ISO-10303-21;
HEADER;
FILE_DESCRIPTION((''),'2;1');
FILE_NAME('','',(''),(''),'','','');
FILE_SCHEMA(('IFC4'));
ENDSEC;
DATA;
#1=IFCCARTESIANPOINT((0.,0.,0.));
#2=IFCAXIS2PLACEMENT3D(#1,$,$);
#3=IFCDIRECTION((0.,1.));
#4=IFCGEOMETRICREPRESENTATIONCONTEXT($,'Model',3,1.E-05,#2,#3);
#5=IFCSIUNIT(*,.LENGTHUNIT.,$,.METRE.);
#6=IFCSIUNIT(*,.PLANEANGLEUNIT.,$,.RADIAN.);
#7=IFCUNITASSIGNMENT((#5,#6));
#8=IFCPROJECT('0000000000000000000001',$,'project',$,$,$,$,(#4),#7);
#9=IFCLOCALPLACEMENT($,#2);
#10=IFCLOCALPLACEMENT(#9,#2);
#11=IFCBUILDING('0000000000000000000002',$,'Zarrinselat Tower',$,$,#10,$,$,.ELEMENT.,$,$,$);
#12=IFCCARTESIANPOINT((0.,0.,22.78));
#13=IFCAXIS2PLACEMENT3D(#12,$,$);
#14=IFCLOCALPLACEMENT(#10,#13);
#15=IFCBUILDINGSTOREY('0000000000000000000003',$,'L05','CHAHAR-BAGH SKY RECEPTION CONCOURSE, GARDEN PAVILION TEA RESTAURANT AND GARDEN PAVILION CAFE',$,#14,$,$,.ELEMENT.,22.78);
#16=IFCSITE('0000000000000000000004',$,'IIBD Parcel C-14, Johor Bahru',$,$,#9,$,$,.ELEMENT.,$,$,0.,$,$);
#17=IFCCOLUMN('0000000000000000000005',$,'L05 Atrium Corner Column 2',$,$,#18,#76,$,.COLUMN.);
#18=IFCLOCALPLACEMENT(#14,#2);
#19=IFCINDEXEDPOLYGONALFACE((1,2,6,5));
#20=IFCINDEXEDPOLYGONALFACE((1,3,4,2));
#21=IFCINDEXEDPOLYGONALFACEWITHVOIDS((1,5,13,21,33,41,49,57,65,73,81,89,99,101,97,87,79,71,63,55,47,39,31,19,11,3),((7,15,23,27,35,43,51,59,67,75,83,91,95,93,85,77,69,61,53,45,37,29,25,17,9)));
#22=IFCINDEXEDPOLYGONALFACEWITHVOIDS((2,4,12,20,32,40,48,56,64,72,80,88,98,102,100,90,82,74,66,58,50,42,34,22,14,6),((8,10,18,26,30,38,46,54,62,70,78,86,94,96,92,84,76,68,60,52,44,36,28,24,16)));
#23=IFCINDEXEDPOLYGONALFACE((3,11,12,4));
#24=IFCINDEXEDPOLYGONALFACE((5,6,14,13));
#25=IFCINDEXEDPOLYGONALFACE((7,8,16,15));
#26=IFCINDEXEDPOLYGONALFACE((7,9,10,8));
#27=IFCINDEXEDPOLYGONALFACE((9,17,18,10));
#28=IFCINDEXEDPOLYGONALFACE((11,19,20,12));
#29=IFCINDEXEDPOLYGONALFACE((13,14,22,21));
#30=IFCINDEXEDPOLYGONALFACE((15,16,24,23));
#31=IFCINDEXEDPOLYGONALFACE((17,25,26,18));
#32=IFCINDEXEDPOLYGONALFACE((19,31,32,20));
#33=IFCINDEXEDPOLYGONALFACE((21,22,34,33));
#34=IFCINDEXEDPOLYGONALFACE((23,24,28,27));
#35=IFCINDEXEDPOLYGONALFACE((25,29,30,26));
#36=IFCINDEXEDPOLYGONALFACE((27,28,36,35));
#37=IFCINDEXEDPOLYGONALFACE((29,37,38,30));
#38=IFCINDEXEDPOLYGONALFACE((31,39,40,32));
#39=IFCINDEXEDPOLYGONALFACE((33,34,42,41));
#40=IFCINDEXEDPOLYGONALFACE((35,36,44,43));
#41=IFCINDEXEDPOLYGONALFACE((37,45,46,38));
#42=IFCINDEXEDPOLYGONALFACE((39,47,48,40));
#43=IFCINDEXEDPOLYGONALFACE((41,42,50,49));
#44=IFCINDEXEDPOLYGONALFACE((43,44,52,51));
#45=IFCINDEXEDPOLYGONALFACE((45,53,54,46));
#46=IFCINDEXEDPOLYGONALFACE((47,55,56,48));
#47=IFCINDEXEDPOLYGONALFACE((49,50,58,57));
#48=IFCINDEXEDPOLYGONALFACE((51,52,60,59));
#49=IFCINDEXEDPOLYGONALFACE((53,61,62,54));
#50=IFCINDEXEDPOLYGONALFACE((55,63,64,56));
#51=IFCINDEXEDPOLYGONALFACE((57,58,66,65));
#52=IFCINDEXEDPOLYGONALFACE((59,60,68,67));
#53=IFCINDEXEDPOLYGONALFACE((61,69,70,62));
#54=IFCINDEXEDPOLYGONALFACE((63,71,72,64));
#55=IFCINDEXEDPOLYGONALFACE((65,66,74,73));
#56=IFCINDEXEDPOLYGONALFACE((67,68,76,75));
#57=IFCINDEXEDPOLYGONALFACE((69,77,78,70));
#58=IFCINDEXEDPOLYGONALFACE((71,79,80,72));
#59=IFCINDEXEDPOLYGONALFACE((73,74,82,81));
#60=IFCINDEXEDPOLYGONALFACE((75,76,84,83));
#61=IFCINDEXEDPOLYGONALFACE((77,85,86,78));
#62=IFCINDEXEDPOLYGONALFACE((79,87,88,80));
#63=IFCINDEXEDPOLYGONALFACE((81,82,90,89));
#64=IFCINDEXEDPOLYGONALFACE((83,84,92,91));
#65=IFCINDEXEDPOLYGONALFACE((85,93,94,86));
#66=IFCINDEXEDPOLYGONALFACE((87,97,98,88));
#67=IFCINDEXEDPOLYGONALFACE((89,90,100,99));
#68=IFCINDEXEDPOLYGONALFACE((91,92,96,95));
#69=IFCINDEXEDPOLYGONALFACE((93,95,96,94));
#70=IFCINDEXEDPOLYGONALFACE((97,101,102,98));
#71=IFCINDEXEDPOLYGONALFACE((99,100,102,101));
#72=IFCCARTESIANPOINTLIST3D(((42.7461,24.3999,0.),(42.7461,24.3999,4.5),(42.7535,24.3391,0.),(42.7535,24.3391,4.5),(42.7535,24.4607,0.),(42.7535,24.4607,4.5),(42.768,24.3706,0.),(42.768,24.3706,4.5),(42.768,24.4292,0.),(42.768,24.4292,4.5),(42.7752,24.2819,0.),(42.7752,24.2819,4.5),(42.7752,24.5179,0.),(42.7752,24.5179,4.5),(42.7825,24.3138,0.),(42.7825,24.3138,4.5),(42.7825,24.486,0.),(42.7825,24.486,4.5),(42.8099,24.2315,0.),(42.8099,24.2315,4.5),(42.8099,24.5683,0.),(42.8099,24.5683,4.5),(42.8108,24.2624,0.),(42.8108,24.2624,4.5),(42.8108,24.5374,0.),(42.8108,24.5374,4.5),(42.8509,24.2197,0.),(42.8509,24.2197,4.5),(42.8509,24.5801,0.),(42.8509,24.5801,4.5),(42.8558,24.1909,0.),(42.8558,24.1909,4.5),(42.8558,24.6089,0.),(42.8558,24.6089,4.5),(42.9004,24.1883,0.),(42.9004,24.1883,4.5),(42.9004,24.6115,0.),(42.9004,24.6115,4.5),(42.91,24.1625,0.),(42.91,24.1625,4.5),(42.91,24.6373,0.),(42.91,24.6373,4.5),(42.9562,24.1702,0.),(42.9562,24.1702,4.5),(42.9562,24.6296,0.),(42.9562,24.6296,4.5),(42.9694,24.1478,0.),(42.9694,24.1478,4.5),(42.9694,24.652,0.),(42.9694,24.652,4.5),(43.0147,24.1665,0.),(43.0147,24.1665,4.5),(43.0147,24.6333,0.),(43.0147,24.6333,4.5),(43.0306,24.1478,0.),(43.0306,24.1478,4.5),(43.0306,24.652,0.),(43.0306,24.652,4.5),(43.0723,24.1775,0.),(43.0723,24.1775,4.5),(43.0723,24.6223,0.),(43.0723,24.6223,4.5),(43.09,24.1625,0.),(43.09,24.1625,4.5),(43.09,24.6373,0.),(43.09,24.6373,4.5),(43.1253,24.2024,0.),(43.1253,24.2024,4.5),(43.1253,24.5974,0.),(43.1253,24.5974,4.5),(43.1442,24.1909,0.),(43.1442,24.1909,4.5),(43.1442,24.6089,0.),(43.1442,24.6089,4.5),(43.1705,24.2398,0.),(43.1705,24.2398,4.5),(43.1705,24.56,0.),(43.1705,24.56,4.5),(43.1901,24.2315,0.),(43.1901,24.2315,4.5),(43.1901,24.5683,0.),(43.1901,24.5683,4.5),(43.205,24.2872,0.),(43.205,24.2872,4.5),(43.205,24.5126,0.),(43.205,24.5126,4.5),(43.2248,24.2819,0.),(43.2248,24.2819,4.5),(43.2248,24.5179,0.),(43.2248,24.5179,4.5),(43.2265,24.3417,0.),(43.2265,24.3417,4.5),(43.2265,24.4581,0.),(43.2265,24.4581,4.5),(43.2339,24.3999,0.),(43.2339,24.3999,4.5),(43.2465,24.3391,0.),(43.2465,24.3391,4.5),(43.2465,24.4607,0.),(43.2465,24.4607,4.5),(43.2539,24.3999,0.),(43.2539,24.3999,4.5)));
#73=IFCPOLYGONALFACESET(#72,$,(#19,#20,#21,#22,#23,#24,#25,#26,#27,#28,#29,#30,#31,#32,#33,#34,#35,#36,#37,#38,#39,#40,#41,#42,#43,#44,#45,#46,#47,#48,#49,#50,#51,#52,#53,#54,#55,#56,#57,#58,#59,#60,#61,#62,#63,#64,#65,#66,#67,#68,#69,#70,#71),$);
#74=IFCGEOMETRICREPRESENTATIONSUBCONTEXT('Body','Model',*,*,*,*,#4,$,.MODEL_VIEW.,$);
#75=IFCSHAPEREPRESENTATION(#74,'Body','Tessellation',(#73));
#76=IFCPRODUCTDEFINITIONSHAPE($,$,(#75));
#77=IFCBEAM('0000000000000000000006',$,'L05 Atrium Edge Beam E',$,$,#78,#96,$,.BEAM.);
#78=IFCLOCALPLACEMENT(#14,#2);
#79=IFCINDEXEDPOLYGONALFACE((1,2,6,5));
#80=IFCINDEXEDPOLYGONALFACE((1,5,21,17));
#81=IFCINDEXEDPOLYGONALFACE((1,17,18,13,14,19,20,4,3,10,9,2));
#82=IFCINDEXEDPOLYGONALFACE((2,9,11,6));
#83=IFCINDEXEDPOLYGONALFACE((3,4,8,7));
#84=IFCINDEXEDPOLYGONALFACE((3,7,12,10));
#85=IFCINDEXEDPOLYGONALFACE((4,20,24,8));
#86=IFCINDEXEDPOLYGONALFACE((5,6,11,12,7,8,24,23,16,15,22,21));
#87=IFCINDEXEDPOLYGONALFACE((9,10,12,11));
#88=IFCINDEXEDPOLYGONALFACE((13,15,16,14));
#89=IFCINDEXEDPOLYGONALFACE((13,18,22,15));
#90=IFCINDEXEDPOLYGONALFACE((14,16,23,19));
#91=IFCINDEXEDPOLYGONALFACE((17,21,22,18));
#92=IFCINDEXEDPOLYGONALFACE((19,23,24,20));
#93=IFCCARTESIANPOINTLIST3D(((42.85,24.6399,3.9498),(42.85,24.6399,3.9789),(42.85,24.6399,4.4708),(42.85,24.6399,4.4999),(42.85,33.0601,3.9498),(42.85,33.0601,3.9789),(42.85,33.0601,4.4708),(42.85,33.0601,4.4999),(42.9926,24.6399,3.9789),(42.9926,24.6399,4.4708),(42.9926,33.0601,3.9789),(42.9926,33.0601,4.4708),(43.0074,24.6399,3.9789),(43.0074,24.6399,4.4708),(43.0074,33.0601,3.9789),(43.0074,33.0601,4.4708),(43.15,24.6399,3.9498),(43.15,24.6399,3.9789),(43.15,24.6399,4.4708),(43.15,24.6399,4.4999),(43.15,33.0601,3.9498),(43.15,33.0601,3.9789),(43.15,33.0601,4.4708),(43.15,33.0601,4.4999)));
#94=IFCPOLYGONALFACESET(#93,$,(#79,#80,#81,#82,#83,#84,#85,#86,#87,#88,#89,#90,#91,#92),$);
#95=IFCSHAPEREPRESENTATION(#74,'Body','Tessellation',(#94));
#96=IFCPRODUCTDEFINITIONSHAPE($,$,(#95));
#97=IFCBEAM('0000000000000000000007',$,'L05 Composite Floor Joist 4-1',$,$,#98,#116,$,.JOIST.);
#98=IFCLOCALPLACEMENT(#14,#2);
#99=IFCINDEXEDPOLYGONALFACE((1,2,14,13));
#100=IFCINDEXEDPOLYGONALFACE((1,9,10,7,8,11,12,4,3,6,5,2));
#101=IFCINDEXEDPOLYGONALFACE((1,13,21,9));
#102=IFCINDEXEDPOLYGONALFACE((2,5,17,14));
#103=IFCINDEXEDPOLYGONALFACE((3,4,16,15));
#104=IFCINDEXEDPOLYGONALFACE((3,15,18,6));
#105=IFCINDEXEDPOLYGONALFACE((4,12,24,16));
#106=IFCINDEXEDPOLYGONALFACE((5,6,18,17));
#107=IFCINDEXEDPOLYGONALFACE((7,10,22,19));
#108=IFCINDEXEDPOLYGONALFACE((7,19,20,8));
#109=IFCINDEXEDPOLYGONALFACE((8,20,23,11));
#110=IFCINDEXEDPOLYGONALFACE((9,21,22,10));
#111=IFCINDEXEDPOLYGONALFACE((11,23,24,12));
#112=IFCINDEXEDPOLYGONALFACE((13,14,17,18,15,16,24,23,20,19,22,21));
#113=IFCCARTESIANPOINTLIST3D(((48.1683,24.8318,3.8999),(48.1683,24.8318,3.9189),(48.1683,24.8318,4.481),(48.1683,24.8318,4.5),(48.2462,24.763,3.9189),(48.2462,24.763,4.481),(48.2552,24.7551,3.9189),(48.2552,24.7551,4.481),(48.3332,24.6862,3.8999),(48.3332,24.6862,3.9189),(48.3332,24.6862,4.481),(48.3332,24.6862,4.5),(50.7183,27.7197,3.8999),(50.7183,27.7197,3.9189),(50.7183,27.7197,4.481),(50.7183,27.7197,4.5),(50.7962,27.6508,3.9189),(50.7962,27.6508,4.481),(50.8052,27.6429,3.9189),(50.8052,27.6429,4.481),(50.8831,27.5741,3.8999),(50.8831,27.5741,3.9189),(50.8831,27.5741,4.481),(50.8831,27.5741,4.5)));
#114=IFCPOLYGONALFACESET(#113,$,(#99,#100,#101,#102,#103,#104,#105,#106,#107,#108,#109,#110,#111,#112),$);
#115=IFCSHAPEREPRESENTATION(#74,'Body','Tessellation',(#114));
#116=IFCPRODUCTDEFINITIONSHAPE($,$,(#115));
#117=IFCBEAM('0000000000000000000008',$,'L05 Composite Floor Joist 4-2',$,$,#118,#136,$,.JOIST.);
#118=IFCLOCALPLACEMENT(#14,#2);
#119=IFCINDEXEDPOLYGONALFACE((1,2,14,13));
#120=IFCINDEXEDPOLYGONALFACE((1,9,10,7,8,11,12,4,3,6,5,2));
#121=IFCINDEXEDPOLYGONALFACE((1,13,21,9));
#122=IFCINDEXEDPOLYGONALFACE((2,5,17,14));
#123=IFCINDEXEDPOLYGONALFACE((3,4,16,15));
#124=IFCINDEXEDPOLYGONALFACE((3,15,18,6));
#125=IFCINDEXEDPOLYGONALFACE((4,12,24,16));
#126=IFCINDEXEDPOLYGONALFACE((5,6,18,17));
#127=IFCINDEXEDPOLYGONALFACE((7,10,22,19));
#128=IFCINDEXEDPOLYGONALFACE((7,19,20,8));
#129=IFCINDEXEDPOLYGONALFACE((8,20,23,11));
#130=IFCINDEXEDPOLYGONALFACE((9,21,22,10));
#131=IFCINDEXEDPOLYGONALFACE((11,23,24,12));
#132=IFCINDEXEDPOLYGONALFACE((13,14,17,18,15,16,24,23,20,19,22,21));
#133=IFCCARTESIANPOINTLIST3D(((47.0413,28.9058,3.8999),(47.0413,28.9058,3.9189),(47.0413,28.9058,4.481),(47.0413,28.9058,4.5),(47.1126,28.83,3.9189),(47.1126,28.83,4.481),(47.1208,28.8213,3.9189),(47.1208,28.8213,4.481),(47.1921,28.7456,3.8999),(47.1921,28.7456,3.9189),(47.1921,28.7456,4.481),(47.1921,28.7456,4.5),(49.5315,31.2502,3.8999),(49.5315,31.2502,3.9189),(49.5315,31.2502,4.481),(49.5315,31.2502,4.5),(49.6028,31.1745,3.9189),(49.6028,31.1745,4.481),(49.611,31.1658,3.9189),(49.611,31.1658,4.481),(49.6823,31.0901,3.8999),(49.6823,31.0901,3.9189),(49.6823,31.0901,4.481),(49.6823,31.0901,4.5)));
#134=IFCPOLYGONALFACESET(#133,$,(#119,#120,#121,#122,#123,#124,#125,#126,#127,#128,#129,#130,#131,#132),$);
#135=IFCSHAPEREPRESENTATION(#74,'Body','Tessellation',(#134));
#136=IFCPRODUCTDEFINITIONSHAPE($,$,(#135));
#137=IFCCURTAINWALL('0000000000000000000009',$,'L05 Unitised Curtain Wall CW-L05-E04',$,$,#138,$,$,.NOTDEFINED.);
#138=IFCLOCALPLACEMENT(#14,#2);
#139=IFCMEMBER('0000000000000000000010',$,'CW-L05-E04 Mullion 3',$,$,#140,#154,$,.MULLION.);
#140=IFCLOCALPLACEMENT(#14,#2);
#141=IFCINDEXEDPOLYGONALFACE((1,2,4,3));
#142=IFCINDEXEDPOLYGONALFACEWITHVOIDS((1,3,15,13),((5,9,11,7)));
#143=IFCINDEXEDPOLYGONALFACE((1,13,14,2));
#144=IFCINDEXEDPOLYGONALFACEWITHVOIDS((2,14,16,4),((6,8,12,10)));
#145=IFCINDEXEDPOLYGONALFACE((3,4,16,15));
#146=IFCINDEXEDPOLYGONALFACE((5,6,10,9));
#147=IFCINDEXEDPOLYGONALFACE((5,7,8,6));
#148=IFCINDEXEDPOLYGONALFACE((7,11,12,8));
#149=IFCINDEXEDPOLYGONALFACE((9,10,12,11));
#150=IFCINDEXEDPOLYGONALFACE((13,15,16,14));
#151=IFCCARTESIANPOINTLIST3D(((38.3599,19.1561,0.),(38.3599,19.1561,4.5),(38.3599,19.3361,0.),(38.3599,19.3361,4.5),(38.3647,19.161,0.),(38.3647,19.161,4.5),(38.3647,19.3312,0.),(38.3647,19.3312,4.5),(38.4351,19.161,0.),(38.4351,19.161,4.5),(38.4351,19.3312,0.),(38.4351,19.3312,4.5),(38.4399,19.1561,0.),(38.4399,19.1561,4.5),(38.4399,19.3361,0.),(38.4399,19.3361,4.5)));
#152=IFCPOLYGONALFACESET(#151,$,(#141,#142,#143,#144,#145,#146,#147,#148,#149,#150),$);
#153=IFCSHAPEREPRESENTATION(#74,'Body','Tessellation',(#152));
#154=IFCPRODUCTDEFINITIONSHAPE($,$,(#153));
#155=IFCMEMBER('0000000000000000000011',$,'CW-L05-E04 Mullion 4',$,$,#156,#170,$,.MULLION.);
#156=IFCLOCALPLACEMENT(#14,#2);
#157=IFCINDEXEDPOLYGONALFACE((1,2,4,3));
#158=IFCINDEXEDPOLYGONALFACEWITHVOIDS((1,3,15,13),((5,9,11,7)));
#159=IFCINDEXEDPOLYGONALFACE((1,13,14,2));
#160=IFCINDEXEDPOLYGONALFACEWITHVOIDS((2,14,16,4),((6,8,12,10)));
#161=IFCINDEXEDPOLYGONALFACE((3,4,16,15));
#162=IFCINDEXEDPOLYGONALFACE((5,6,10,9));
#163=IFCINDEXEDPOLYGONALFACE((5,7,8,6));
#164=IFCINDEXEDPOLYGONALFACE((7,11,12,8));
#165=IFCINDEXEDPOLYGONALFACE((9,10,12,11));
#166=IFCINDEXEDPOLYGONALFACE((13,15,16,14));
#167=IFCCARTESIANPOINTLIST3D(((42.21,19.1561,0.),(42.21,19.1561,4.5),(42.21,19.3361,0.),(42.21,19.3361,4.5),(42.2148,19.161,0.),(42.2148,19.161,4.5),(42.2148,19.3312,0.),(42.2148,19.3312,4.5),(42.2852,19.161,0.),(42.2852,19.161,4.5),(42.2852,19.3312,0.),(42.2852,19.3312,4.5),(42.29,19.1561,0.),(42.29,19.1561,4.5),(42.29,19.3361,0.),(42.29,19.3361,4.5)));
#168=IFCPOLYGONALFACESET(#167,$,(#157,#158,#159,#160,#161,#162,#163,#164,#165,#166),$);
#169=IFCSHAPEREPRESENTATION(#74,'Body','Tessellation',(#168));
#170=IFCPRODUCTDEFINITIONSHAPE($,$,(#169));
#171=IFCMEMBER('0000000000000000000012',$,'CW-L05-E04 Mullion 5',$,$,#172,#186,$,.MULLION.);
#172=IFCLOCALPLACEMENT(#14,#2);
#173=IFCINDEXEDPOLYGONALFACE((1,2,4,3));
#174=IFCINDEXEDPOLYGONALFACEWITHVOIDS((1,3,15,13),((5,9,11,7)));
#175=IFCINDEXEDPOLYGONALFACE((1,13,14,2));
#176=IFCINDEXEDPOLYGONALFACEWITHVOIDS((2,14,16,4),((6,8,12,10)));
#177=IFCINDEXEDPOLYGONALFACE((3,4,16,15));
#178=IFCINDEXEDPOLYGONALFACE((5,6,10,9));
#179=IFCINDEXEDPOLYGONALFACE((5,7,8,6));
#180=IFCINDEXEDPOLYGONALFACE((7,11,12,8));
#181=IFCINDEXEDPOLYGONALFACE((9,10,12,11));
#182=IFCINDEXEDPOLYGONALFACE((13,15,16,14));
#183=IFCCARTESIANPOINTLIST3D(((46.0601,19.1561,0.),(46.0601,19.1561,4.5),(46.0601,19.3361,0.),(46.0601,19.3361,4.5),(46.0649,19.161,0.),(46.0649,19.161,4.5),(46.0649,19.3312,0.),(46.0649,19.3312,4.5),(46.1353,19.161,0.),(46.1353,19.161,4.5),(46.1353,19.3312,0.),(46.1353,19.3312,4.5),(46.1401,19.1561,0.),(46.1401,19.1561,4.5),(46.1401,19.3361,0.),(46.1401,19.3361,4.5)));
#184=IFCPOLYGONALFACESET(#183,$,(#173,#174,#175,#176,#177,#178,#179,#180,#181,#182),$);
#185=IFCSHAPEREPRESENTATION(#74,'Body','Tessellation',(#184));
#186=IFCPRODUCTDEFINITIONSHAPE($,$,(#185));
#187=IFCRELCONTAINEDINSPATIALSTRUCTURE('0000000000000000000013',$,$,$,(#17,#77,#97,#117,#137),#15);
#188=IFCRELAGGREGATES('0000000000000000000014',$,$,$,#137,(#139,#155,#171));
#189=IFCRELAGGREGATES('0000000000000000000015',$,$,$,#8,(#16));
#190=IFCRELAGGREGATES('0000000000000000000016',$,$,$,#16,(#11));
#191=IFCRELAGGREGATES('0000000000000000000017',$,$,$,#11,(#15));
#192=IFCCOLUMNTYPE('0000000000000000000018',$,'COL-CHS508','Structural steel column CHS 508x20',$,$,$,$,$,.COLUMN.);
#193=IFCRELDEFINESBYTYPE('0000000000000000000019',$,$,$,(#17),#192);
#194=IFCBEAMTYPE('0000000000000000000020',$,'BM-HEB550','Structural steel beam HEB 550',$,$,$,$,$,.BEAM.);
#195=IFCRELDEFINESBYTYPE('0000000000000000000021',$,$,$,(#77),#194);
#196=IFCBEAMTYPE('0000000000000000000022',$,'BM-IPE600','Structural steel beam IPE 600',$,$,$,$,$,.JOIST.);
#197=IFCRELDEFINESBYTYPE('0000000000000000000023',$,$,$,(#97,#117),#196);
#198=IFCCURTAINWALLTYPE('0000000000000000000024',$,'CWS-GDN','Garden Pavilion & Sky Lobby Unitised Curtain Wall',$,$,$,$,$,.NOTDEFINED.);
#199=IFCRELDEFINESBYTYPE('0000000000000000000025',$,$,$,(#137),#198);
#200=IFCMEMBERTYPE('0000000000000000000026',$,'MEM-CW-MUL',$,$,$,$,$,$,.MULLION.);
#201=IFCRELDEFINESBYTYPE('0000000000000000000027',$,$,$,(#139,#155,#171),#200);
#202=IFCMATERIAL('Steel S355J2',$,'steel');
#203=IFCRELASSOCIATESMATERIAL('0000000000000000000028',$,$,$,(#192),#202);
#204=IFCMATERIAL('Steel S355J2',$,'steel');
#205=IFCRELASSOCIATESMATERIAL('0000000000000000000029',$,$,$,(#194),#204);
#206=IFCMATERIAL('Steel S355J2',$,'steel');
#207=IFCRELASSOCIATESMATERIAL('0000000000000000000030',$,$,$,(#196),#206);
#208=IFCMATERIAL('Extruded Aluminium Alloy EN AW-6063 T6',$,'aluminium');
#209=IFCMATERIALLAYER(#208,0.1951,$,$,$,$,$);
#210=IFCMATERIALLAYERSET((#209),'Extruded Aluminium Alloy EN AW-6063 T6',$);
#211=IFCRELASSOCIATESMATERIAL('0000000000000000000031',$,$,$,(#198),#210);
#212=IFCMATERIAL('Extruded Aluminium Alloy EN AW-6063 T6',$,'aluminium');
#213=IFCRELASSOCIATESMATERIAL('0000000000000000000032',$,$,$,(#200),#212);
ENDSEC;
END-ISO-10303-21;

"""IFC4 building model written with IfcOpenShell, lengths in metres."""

from ifc_helpers import new_model, si_unit, direction, frame, origin, origin_2d, place, context, subcontext, project, spatial, hollow_rectangle, hollow_circle, i_section, extrude, material, layer, layer_set, material_profile, profile_set, type_object, element, aggregate, save


model = new_model("IFC4")

# Units and contexts
model_context = context("Model", 3, precision=1e-05, world=origin(), true_north=direction((0.0, 1.0)))
body_context = subcontext(model_context, "Body", "Model", "MODEL_VIEW")
ifc_project = project(units=[si_unit("LENGTHUNIT", "METRE"), si_unit("PLANEANGLEUNIT", "RADIAN")], contexts=[model_context])

# Site, building, storey
site_placement = place(None, origin())
site = spatial("IfcSite", under=ifc_project, at=site_placement, Name="IIBD Parcel C-14, Johor Bahru", CompositionType="ELEMENT", RefElevation=0.0)
building_placement = place(site_placement, origin())
building = spatial("IfcBuilding", under=site, at=building_placement, Name="Zarrinselat Tower", CompositionType="ELEMENT")
storey_placement = place(building_placement, frame((0.0, 0.0, 22.78)))
storey = spatial("IfcBuildingStorey", under=building, at=storey_placement, Name="L05", Description="CHAHAR-BAGH SKY RECEPTION CONCOURSE, GARDEN PAVILION TEA RESTAURANT AND GARDEN PAVILION CAFE", CompositionType="ELEMENT", Elevation=22.78)

# Column
ifc_material_1 = material(Name="Steel S355J2", Category="steel")
ifc_material_profile_1 = material_profile(ifc_material_1, hollow_circle(Radius=0.2539, WallThickness=0.02, at=origin_2d()), Name="CHS 508x20")
ifc_profile_set_1 = profile_set([ifc_material_profile_1], Name="Steel S355J2")
column_type = type_object("IfcColumnType", Name="COL-CHS508", Description="Structural steel column CHS 508x20", PredefinedType="COLUMN", material=ifc_profile_set_1)
column_placement = place(storey_placement, frame((43.0, 24.3999, 0.0), z_axis=(0.0, 0.0, 1.0), x_axis=(1.0, 0.0, 0.0)))
element("IfcColumn", 1, at=column_placement, inside=storey, type_object=column_type, Name="L05 Atrium Corner Column 2", PredefinedType="COLUMN", context=body_context, shape_type="SweptSolid", body=[
    extrude(hollow_circle(Radius=0.2539, WallThickness=0.02, at=origin_2d()), origin(), (0.0, 0.0, 1.0), 4.5),
])

# Beams
ifc_material_2 = material(Name="Steel S355J2", Category="steel")
ifc_material_profile_2 = material_profile(ifc_material_2, i_section(OverallWidth=0.3, OverallDepth=0.55, WebThickness=0.0149, FlangeThickness=0.0291, at=origin_2d()), Name="HEB 550")
ifc_profile_set_2 = profile_set([ifc_material_profile_2], Name="Steel S355J2")
beam_type_1 = type_object("IfcBeamType", Name="BM-HEB550", Description="Structural steel beam HEB 550", PredefinedType="BEAM", material=ifc_profile_set_2)
beam_1_placement = place(storey_placement, frame((43.0, 24.6399, 4.2249), z_axis=(0.0, 1.0, 0.0), x_axis=(-1.0, 0.0, 0.0)))
element("IfcBeam", 2, at=beam_1_placement, inside=storey, type_object=beam_type_1, Name="L05 Atrium Edge Beam E", PredefinedType="BEAM", context=body_context, shape_type="SweptSolid", body=[
    extrude(i_section(OverallWidth=0.3, OverallDepth=0.55, WebThickness=0.0149, FlangeThickness=0.0291, at=origin_2d()), origin(), (0.0, 0.0, 1.0), 8.4202),
])
ifc_material_3 = material(Name="Steel S355J2", Category="steel")
ifc_material_profile_3 = material_profile(ifc_material_3, i_section(OverallWidth=0.22, OverallDepth=0.6001, WebThickness=0.012, FlangeThickness=0.019, at=origin_2d()), Name="IPE 600")
ifc_profile_set_3 = profile_set([ifc_material_profile_3], Name="Steel S355J2")
beam_type_2 = type_object("IfcBeamType", Name="BM-IPE600", Description="Structural steel beam IPE 600", PredefinedType="JOIST", material=ifc_profile_set_3)
beam_2_placement = place(storey_placement, frame((48.2507, 24.759, 4.2), z_axis=(0.661894, 0.749597, 0.0), x_axis=(-0.749597, 0.661894, 0.0)))
element("IfcBeam", 3, at=beam_2_placement, inside=storey, type_object=beam_type_2, Name="L05 Composite Floor Joist 4-1", PredefinedType="JOIST", context=body_context, shape_type="SweptSolid", body=[
    extrude(i_section(OverallWidth=0.22, OverallDepth=0.6001, WebThickness=0.012, FlangeThickness=0.019, at=origin_2d()), origin(), (0.0, 0.0, 1.0), 3.8525),
])
beam_3_placement = place(storey_placement, frame((47.1167, 28.8257, 4.2), z_axis=(0.728093, 0.685478, 0.0), x_axis=(-0.685478, 0.728093, 0.0)))
element("IfcBeam", 4, at=beam_3_placement, inside=storey, type_object=beam_type_2, Name="L05 Composite Floor Joist 4-2", PredefinedType="JOIST", context=body_context, shape_type="SweptSolid", body=[
    extrude(i_section(OverallWidth=0.22, OverallDepth=0.6001, WebThickness=0.012, FlangeThickness=0.019, at=origin_2d()), origin(), (0.0, 0.0, 1.0), 3.4202),
])

# Curtain wall, members
ifc_material_4 = material(Name="Extruded Aluminium Alloy EN AW-6063 T6", Category="aluminium")
ifc_layer_1 = layer(ifc_material_4, 0.1951)
ifc_layer_set_1 = layer_set([ifc_layer_1], Name="Extruded Aluminium Alloy EN AW-6063 T6")
curtain_wall_type = type_object("IfcCurtainWallType", Name="CWS-GDN", Description="Garden Pavilion & Sky Lobby Unitised Curtain Wall", PredefinedType="NOTDEFINED", material=ifc_layer_set_1)
curtain_wall_placement = place(storey_placement, origin())
curtain_wall = element("IfcCurtainWall", 5, at=curtain_wall_placement, inside=storey, type_object=curtain_wall_type, Name="L05 Unitised Curtain Wall CW-L05-E04", PredefinedType="NOTDEFINED")
ifc_material_5 = material(Name="Extruded Aluminium Alloy EN AW-6063 T6", Category="aluminium")
ifc_material_profile_4 = material_profile(ifc_material_5, hollow_rectangle(XDim=0.0801, YDim=0.1799, WallThickness=0.0049, at=origin_2d()), Name="RHS 180x80x5")
ifc_profile_set_4 = profile_set([ifc_material_profile_4], Name="Extruded Aluminium Alloy EN AW-6063 T6")
member_type_1 = type_object("IfcMemberType", Name="MEM-CW-MUL", PredefinedType="MULLION", material=ifc_profile_set_4)
member_1_placement = place(storey_placement, frame((38.3999, 19.2461, 0.0), z_axis=(0.0, 0.0, 1.0), x_axis=(1.0, 0.0, 0.0)))
member_1 = element("IfcMember", 6, at=member_1_placement, type_object=member_type_1, Name="CW-L05-E04 Mullion 3", PredefinedType="MULLION", context=body_context, shape_type="SweptSolid", body=[
    extrude(hollow_rectangle(XDim=0.0801, YDim=0.1799, WallThickness=0.0049, at=origin_2d()), origin(), (0.0, 0.0, 1.0), 4.5),
])
member_2_placement = place(storey_placement, frame((42.25, 19.2461, 0.0), z_axis=(0.0, 0.0, 1.0), x_axis=(1.0, 0.0, 0.0)))
member_2 = element("IfcMember", 7, at=member_2_placement, type_object=member_type_1, Name="CW-L05-E04 Mullion 4", PredefinedType="MULLION", context=body_context, shape_type="SweptSolid", body=[
    extrude(hollow_rectangle(XDim=0.0801, YDim=0.1799, WallThickness=0.0049, at=origin_2d()), origin(), (0.0, 0.0, 1.0), 4.5),
])
member_3_placement = place(storey_placement, frame((46.1001, 19.2461, 0.0), z_axis=(0.0, 0.0, 1.0), x_axis=(1.0, 0.0, 0.0)))
member_3 = element("IfcMember", 8, at=member_3_placement, type_object=member_type_1, Name="CW-L05-E04 Mullion 5", PredefinedType="MULLION", context=body_context, shape_type="SweptSolid", body=[
    extrude(hollow_rectangle(XDim=0.0801, YDim=0.1799, WallThickness=0.0049, at=origin_2d()), origin(), (0.0, 0.0, 1.0), 4.5),
])
aggregate(curtain_wall, [member_1, member_2, member_3])

save(model, "model.ifc")
